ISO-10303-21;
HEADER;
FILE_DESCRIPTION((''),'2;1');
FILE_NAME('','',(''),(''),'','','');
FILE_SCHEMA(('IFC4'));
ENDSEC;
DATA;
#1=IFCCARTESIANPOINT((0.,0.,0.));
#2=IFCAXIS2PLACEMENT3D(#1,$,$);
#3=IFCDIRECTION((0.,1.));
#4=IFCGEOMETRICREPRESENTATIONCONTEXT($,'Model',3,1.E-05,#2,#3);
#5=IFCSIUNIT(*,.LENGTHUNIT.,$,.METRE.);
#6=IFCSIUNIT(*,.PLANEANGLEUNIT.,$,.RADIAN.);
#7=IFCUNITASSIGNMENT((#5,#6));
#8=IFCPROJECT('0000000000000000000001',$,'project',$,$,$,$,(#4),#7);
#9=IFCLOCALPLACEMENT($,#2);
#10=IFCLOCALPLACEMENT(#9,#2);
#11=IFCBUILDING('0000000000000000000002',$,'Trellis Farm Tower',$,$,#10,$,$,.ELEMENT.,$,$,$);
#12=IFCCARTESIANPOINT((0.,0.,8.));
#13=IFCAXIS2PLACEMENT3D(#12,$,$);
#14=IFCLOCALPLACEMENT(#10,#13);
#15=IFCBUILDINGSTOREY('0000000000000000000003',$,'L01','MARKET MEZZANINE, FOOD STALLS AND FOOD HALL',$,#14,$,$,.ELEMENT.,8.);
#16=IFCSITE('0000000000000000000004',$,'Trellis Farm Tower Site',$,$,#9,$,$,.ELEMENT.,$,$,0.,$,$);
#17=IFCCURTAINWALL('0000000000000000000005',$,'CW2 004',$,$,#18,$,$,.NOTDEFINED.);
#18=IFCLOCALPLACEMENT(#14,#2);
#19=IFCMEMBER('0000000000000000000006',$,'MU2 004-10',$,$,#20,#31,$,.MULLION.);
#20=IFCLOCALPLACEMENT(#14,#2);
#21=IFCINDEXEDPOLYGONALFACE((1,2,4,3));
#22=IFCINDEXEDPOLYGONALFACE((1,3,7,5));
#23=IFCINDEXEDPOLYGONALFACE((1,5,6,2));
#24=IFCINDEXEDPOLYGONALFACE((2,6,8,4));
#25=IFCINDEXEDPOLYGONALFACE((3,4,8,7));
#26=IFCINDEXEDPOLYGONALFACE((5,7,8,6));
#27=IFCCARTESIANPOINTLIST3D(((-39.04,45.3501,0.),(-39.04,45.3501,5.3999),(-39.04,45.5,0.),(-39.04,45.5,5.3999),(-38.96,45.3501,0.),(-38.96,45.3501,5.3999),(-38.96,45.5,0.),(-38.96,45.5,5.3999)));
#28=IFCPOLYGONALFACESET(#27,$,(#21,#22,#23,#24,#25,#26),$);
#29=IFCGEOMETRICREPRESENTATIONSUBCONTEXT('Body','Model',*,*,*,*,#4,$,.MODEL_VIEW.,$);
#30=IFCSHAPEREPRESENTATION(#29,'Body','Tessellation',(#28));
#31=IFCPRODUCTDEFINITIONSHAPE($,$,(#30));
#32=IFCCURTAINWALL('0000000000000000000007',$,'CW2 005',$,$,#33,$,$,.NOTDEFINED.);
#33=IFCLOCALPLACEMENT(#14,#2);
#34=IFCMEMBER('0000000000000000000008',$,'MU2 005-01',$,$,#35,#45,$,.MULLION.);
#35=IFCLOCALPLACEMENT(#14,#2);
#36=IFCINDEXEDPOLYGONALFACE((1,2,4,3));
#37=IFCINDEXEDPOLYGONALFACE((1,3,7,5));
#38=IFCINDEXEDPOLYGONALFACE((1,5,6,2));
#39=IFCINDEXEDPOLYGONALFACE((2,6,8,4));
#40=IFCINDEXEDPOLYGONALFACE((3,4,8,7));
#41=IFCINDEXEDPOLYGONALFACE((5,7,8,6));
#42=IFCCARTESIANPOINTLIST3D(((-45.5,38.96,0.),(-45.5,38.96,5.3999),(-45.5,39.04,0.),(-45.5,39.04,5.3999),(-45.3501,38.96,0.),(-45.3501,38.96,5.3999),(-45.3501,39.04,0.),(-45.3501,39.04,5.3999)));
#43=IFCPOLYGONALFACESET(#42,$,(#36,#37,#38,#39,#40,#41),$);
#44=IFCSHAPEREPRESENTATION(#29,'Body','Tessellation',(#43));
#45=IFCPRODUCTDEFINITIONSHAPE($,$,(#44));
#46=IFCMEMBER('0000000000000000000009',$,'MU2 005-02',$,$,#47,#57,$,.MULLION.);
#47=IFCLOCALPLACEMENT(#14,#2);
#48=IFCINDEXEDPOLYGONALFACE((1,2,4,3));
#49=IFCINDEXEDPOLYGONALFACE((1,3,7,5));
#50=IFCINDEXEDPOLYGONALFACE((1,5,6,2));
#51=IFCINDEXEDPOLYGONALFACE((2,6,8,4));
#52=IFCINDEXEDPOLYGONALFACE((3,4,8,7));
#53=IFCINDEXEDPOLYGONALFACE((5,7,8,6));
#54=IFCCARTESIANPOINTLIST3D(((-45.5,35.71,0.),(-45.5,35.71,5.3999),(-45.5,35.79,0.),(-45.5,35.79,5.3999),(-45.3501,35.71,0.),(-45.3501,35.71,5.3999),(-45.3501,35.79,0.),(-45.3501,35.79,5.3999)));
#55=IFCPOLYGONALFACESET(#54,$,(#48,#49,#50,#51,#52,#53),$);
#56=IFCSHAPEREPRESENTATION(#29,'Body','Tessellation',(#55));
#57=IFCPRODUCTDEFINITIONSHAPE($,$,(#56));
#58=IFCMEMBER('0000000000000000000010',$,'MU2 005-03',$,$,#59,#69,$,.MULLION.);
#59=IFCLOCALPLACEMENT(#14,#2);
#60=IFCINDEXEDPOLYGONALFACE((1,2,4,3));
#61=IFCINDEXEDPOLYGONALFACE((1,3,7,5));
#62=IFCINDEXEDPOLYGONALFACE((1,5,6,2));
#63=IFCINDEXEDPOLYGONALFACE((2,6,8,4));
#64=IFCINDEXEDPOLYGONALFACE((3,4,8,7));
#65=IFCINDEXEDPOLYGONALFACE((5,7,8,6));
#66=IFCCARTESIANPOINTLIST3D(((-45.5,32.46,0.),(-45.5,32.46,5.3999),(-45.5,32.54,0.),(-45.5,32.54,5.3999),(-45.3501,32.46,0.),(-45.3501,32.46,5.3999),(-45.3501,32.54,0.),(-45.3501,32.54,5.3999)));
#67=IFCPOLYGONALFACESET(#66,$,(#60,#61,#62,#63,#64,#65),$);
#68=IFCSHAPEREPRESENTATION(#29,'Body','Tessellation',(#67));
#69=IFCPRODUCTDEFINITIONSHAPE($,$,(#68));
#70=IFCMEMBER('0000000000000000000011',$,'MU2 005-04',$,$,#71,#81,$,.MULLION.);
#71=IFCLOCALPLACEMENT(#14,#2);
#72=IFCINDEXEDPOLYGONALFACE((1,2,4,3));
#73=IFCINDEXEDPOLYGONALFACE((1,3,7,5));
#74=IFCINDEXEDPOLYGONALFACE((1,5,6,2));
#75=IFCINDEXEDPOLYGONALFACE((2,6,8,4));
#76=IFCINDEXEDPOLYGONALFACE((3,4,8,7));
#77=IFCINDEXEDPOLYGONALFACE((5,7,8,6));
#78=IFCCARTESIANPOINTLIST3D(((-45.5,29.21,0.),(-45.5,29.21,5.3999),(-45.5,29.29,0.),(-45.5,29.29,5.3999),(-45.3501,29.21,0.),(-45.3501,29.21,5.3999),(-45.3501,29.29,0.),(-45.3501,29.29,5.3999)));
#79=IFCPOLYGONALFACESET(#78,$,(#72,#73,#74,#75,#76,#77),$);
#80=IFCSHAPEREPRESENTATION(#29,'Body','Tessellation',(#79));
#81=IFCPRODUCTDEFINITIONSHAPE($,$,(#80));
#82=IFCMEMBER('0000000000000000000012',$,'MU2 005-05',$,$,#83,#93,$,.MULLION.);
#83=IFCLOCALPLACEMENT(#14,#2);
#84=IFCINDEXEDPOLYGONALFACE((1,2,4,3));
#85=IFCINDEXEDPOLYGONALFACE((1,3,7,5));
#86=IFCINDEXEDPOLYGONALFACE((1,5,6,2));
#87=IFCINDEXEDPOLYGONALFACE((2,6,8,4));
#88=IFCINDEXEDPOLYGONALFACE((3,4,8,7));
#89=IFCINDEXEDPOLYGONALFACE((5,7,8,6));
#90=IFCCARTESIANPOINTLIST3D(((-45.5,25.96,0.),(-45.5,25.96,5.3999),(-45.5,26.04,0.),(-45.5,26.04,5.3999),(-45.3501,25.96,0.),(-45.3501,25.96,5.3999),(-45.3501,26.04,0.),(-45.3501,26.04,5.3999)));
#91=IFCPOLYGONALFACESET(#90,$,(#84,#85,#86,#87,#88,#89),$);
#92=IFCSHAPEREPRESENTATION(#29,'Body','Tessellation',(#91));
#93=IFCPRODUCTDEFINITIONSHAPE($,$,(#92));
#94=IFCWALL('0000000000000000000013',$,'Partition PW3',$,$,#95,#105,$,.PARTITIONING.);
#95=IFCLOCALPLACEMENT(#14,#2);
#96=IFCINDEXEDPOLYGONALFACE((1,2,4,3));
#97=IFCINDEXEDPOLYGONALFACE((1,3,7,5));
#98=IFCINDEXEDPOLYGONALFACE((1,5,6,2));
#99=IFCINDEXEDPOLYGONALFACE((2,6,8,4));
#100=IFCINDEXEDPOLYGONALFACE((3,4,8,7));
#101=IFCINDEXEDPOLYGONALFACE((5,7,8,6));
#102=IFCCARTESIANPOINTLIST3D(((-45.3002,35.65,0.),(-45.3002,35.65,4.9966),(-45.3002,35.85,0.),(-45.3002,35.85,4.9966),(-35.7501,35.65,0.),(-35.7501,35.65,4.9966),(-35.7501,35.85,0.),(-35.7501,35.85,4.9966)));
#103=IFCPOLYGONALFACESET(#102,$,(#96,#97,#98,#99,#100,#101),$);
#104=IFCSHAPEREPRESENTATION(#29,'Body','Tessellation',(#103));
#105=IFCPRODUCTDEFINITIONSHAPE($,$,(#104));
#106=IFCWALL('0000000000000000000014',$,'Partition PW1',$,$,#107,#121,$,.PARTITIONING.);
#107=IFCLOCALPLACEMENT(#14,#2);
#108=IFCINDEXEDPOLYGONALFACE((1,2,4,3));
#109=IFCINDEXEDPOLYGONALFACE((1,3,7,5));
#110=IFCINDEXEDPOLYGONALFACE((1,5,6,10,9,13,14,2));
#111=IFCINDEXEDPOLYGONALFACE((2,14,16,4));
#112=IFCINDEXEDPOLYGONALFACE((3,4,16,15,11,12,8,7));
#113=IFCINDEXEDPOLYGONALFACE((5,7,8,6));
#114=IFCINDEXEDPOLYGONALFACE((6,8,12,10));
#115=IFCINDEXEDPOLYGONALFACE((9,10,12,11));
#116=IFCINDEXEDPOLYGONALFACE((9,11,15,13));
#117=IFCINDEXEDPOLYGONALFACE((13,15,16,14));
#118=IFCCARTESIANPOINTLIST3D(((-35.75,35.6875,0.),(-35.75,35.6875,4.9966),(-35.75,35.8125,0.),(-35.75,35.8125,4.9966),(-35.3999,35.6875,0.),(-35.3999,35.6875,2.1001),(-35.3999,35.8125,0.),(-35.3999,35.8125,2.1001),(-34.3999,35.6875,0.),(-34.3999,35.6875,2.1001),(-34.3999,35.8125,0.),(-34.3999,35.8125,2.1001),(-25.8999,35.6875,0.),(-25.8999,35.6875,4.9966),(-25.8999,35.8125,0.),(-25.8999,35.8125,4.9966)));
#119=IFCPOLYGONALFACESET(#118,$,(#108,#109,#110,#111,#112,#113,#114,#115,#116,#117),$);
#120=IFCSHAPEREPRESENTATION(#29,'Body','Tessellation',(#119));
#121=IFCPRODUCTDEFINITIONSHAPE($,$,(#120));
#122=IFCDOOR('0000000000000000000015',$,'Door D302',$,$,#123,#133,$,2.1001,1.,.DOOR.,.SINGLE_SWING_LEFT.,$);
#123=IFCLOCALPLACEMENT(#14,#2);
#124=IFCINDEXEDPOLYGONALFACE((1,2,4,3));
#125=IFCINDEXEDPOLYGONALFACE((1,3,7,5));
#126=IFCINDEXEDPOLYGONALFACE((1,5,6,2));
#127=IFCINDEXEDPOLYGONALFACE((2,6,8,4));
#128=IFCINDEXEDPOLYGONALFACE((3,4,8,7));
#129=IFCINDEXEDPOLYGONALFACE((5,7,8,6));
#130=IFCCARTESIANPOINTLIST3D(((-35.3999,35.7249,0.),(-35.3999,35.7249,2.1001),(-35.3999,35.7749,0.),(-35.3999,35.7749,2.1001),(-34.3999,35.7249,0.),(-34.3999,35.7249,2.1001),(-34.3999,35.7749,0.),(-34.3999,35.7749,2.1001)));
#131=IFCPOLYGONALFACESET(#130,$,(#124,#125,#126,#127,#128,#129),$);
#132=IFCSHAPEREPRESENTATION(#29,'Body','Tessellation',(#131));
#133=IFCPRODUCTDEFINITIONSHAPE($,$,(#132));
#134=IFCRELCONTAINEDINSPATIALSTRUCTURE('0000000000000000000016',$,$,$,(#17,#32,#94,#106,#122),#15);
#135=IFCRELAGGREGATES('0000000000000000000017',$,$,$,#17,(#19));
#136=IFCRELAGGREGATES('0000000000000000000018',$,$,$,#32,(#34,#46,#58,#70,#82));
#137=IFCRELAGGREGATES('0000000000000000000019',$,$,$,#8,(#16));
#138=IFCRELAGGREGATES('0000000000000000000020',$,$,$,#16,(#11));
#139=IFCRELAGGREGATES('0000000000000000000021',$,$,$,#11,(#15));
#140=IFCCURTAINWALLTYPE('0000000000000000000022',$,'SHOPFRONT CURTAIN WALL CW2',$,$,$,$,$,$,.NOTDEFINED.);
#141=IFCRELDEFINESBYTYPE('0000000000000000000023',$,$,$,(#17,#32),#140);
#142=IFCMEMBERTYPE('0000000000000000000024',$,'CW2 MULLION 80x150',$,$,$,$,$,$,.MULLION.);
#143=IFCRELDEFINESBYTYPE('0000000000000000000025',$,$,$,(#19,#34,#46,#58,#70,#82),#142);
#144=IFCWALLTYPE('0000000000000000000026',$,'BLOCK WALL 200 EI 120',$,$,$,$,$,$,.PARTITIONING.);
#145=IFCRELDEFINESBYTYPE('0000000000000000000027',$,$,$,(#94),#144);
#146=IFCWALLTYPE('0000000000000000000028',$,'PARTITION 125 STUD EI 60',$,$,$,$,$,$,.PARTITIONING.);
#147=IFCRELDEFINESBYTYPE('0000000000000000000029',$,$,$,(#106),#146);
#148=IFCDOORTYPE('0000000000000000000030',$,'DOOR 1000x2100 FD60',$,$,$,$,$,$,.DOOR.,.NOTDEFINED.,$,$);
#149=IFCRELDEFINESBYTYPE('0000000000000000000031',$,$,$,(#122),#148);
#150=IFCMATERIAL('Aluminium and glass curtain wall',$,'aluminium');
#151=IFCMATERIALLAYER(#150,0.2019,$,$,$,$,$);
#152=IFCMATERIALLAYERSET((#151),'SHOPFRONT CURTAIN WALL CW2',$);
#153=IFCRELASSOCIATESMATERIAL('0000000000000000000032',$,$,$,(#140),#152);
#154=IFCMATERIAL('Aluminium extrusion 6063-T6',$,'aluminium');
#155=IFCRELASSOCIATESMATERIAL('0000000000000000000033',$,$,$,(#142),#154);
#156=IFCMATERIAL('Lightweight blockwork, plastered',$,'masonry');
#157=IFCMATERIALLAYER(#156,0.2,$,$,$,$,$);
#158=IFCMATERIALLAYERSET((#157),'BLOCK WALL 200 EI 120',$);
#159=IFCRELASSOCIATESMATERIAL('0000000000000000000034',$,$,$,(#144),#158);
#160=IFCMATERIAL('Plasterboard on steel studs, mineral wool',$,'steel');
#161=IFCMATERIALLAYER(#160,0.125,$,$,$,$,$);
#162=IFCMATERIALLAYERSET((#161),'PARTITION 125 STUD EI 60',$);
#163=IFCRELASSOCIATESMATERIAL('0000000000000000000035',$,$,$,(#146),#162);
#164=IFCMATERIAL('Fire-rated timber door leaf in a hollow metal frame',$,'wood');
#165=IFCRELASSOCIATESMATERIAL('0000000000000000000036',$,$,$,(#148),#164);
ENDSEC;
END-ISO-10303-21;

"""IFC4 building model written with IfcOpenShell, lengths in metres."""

from ifc_helpers import new_model, si_unit, direction, frame, frame_2d, origin, origin_2d, place, context, subcontext, project, spatial, rectangle, extrude, source, transform, mapped, material, layer, layer_set, material_profile, profile_set, type_object, element, fill, aggregate, save


model = new_model("IFC4")

# Units and contexts
model_context = context("Model", 3, precision=1e-05, world=origin(), true_north=direction((0.0, 1.0)))
body_context = subcontext(model_context, "Body", "Model", "MODEL_VIEW")
ifc_project = project(units=[si_unit("LENGTHUNIT", "METRE"), si_unit("PLANEANGLEUNIT", "RADIAN")], contexts=[model_context])

# Site, building, storey
site_placement = place(None, origin())
site = spatial("IfcSite", under=ifc_project, at=site_placement, Name="Trellis Farm Tower Site", CompositionType="ELEMENT", RefElevation=0.0)
building_placement = place(site_placement, origin())
building = spatial("IfcBuilding", under=site, at=building_placement, Name="Trellis Farm Tower", CompositionType="ELEMENT")
storey_placement = place(building_placement, frame((0.0, 0.0, 8.0)))
storey = spatial("IfcBuildingStorey", under=building, at=storey_placement, Name="L01", Description="MARKET MEZZANINE, FOOD STALLS AND FOOD HALL", CompositionType="ELEMENT", Elevation=8.0)

# Curtain wall, member
ifc_material_1 = material(Name="Aluminium and glass curtain wall", Category="aluminium")
ifc_layer_1 = layer(ifc_material_1, 0.2019)
ifc_layer_set_1 = layer_set([ifc_layer_1], Name="SHOPFRONT CURTAIN WALL CW2")
curtain_wall_type = type_object("IfcCurtainWallType", Name="SHOPFRONT CURTAIN WALL CW2", PredefinedType="NOTDEFINED", material=ifc_layer_set_1)
placement = place(storey_placement, origin())
curtain_wall_1 = element("IfcCurtainWall", 1, at=placement, inside=storey, type_object=curtain_wall_type, Name="CW2 004", PredefinedType="NOTDEFINED")
ifc_material_2 = material(Name="Aluminium extrusion 6063-T6", Category="aluminium")
ifc_material_profile_1 = material_profile(ifc_material_2, rectangle(XDim=0.0801, YDim=0.1499, at=origin_2d()), Name="MULLION 80x150")
ifc_profile_set_1 = profile_set([ifc_material_profile_1], Name="Aluminium extrusion 6063-T6")
member_type = type_object("IfcMemberType", Name="CW2 MULLION 80x150", PredefinedType="MULLION", material=ifc_profile_set_1)
shared_shape_1 = source(origin(), body_context, "Body", "SweptSolid", [
    extrude(rectangle(XDim=0.0801, YDim=0.1499, at=origin_2d()), origin(), (0.0, 0.0, 1.0), 5.3999),
])
member_1_placement = place(storey_placement, frame((-39.0, 45.425, 0.0), z_axis=(0.0, 0.0, 1.0), x_axis=(-1.0, 0.0, 0.0)))
member_1 = element("IfcMember", 2, at=member_1_placement, type_object=member_type, Name="MU2 004-10", PredefinedType="MULLION", context=body_context, shape_type="MappedRepresentation", body=[
    mapped(shared_shape_1, transform((0.0, 0.0, 0.0))),
])
aggregate(curtain_wall_1, [member_1])

# Curtain wall, members
curtain_wall_2 = element("IfcCurtainWall", 3, at=placement, inside=storey, type_object=curtain_wall_type, Name="CW2 005", PredefinedType="NOTDEFINED")
member_2_placement = place(storey_placement, frame((-45.425, 39.0, 0.0), z_axis=(0.0, 0.0, 1.0), x_axis=(0.0, -1.0, 0.0)))
member_2 = element("IfcMember", 4, at=member_2_placement, type_object=member_type, Name="MU2 005-01", PredefinedType="MULLION", context=body_context, shape_type="MappedRepresentation", body=[
    mapped(shared_shape_1, transform((0.0, 0.0, 0.0))),
])
member_3_placement = place(storey_placement, frame((-45.425, 35.75, 0.0), z_axis=(0.0, 0.0, 1.0), x_axis=(0.0, -1.0, 0.0)))
member_3 = element("IfcMember", 5, at=member_3_placement, type_object=member_type, Name="MU2 005-02", PredefinedType="MULLION", context=body_context, shape_type="MappedRepresentation", body=[
    mapped(shared_shape_1, transform((0.0, 0.0, 0.0))),
])
member_4_placement = place(storey_placement, frame((-45.425, 32.5, 0.0), z_axis=(0.0, 0.0, 1.0), x_axis=(0.0, -1.0, 0.0)))
member_4 = element("IfcMember", 6, at=member_4_placement, type_object=member_type, Name="MU2 005-03", PredefinedType="MULLION", context=body_context, shape_type="MappedRepresentation", body=[
    mapped(shared_shape_1, transform((0.0, 0.0, 0.0))),
])
member_5_placement = place(storey_placement, frame((-45.425, 29.25, 0.0), z_axis=(0.0, 0.0, 1.0), x_axis=(0.0, -1.0, 0.0)))
member_5 = element("IfcMember", 7, at=member_5_placement, type_object=member_type, Name="MU2 005-04", PredefinedType="MULLION", context=body_context, shape_type="MappedRepresentation", body=[
    mapped(shared_shape_1, transform((0.0, 0.0, 0.0))),
])
member_6_placement = place(storey_placement, frame((-45.425, 26.0, 0.0), z_axis=(0.0, 0.0, 1.0), x_axis=(0.0, -1.0, 0.0)))
member_6 = element("IfcMember", 8, at=member_6_placement, type_object=member_type, Name="MU2 005-05", PredefinedType="MULLION", context=body_context, shape_type="MappedRepresentation", body=[
    mapped(shared_shape_1, transform((0.0, 0.0, 0.0))),
])
aggregate(curtain_wall_2, [member_2, member_3, member_4, member_5, member_6])

# Wall
ifc_material_3 = material(Name="Lightweight blockwork, plastered", Category="masonry")
ifc_layer_2 = layer(ifc_material_3, 0.2)
ifc_layer_set_2 = layer_set([ifc_layer_2], Name="BLOCK WALL 200 EI 120")
wall_type_1 = type_object("IfcWallType", Name="BLOCK WALL 200 EI 120", PredefinedType="PARTITIONING", material=ifc_layer_set_2)
shared_shape_2 = source(origin(), body_context, "Body", "SweptSolid", [
    extrude(rectangle(XDim=9.55, YDim=0.2, at=frame_2d((4.7749, 0.0))), origin(), (0.0, 0.0, 1.0), 4.9966),
])
wall_1_placement = place(storey_placement, frame((-45.3, 35.75, 0.0), z_axis=(0.0, 0.0, 1.0), x_axis=(1.0, 0.0, 0.0)))
element("IfcWall", 9, at=wall_1_placement, inside=storey, type_object=wall_type_1, Name="Partition PW3", PredefinedType="PARTITIONING", context=body_context, shape_type="MappedRepresentation", body=[
    mapped(shared_shape_2, transform((0.0, 0.0, 0.0))),
])

# Wall, opening, door
ifc_material_4 = material(Name="Plasterboard on steel studs, mineral wool", Category="steel")
ifc_layer_3 = layer(ifc_material_4, 0.125)
ifc_layer_set_3 = layer_set([ifc_layer_3], Name="PARTITION 125 STUD EI 60")
wall_type_2 = type_object("IfcWallType", Name="PARTITION 125 STUD EI 60", PredefinedType="PARTITIONING", material=ifc_layer_set_3)
shared_shape_3 = source(origin(), body_context, "Body", "SweptSolid", [
    extrude(rectangle(XDim=9.8501, YDim=0.125, at=frame_2d((4.925, 0.0))), origin(), (0.0, 0.0, 1.0), 4.9966),
])
wall_2_placement = place(storey_placement, frame((-35.75, 35.75, 0.0), z_axis=(0.0, 0.0, 1.0), x_axis=(1.0, 0.0, 0.0)))
wall_2 = element("IfcWall", 10, at=wall_2_placement, inside=storey, type_object=wall_type_2, Name="Partition PW1", PredefinedType="PARTITIONING", context=body_context, shape_type="MappedRepresentation", body=[
    mapped(shared_shape_3, transform((0.0, 0.0, 0.0))),
])
shared_shape_4 = source(origin(), body_context, "Body", "SweptSolid", [
    extrude(rectangle(XDim=1.0, YDim=2.1001, at=frame_2d((0.5, 1.05))), frame((0.0, 0.0725, 0.0), z_axis=(0.0, -1.0, 0.0), x_axis=(1.0, 0.0, 0.0)), (0.0, 0.0, 1.0), 0.145),
])
opening_placement = place(wall_2_placement, frame((0.3501, 0.0, 0.0)))
opening = element("IfcOpeningElement", 11, at=opening_placement, cuts=wall_2, PredefinedType="OPENING", context=body_context, shape_type="MappedRepresentation", body=[
    mapped(shared_shape_4, transform((0.0, 0.0, 0.0))),
])
ifc_material_5 = material(Name="Fire-rated timber door leaf in a hollow metal frame", Category="wood")
door_type = type_object("IfcDoorType", Name="DOOR 1000x2100 FD60", OperationType="NOTDEFINED", PredefinedType="DOOR", material=ifc_material_5)
shared_shape_5 = source(origin(), body_context, "Body", "SweptSolid", [
    extrude(rectangle(XDim=1.0, YDim=2.1001, at=frame_2d((0.5, 1.05))), frame((0.0, 0.0249, 0.0), z_axis=(0.0, -1.0, 0.0), x_axis=(1.0, 0.0, 0.0)), (0.0, 0.0, 1.0), 0.05),
])
door_placement = place(opening_placement, origin())
door = element("IfcDoor", 12, at=door_placement, inside=storey, type_object=door_type, Name="Door D302", OperationType="SINGLE_SWING_LEFT", OverallHeight=2.1001, OverallWidth=1.0, PredefinedType="DOOR", context=body_context, shape_type="MappedRepresentation", body=[
    mapped(shared_shape_5, transform((0.0, 0.0, 0.0))),
])
fill(opening, door)

save(model, "model.ifc")
